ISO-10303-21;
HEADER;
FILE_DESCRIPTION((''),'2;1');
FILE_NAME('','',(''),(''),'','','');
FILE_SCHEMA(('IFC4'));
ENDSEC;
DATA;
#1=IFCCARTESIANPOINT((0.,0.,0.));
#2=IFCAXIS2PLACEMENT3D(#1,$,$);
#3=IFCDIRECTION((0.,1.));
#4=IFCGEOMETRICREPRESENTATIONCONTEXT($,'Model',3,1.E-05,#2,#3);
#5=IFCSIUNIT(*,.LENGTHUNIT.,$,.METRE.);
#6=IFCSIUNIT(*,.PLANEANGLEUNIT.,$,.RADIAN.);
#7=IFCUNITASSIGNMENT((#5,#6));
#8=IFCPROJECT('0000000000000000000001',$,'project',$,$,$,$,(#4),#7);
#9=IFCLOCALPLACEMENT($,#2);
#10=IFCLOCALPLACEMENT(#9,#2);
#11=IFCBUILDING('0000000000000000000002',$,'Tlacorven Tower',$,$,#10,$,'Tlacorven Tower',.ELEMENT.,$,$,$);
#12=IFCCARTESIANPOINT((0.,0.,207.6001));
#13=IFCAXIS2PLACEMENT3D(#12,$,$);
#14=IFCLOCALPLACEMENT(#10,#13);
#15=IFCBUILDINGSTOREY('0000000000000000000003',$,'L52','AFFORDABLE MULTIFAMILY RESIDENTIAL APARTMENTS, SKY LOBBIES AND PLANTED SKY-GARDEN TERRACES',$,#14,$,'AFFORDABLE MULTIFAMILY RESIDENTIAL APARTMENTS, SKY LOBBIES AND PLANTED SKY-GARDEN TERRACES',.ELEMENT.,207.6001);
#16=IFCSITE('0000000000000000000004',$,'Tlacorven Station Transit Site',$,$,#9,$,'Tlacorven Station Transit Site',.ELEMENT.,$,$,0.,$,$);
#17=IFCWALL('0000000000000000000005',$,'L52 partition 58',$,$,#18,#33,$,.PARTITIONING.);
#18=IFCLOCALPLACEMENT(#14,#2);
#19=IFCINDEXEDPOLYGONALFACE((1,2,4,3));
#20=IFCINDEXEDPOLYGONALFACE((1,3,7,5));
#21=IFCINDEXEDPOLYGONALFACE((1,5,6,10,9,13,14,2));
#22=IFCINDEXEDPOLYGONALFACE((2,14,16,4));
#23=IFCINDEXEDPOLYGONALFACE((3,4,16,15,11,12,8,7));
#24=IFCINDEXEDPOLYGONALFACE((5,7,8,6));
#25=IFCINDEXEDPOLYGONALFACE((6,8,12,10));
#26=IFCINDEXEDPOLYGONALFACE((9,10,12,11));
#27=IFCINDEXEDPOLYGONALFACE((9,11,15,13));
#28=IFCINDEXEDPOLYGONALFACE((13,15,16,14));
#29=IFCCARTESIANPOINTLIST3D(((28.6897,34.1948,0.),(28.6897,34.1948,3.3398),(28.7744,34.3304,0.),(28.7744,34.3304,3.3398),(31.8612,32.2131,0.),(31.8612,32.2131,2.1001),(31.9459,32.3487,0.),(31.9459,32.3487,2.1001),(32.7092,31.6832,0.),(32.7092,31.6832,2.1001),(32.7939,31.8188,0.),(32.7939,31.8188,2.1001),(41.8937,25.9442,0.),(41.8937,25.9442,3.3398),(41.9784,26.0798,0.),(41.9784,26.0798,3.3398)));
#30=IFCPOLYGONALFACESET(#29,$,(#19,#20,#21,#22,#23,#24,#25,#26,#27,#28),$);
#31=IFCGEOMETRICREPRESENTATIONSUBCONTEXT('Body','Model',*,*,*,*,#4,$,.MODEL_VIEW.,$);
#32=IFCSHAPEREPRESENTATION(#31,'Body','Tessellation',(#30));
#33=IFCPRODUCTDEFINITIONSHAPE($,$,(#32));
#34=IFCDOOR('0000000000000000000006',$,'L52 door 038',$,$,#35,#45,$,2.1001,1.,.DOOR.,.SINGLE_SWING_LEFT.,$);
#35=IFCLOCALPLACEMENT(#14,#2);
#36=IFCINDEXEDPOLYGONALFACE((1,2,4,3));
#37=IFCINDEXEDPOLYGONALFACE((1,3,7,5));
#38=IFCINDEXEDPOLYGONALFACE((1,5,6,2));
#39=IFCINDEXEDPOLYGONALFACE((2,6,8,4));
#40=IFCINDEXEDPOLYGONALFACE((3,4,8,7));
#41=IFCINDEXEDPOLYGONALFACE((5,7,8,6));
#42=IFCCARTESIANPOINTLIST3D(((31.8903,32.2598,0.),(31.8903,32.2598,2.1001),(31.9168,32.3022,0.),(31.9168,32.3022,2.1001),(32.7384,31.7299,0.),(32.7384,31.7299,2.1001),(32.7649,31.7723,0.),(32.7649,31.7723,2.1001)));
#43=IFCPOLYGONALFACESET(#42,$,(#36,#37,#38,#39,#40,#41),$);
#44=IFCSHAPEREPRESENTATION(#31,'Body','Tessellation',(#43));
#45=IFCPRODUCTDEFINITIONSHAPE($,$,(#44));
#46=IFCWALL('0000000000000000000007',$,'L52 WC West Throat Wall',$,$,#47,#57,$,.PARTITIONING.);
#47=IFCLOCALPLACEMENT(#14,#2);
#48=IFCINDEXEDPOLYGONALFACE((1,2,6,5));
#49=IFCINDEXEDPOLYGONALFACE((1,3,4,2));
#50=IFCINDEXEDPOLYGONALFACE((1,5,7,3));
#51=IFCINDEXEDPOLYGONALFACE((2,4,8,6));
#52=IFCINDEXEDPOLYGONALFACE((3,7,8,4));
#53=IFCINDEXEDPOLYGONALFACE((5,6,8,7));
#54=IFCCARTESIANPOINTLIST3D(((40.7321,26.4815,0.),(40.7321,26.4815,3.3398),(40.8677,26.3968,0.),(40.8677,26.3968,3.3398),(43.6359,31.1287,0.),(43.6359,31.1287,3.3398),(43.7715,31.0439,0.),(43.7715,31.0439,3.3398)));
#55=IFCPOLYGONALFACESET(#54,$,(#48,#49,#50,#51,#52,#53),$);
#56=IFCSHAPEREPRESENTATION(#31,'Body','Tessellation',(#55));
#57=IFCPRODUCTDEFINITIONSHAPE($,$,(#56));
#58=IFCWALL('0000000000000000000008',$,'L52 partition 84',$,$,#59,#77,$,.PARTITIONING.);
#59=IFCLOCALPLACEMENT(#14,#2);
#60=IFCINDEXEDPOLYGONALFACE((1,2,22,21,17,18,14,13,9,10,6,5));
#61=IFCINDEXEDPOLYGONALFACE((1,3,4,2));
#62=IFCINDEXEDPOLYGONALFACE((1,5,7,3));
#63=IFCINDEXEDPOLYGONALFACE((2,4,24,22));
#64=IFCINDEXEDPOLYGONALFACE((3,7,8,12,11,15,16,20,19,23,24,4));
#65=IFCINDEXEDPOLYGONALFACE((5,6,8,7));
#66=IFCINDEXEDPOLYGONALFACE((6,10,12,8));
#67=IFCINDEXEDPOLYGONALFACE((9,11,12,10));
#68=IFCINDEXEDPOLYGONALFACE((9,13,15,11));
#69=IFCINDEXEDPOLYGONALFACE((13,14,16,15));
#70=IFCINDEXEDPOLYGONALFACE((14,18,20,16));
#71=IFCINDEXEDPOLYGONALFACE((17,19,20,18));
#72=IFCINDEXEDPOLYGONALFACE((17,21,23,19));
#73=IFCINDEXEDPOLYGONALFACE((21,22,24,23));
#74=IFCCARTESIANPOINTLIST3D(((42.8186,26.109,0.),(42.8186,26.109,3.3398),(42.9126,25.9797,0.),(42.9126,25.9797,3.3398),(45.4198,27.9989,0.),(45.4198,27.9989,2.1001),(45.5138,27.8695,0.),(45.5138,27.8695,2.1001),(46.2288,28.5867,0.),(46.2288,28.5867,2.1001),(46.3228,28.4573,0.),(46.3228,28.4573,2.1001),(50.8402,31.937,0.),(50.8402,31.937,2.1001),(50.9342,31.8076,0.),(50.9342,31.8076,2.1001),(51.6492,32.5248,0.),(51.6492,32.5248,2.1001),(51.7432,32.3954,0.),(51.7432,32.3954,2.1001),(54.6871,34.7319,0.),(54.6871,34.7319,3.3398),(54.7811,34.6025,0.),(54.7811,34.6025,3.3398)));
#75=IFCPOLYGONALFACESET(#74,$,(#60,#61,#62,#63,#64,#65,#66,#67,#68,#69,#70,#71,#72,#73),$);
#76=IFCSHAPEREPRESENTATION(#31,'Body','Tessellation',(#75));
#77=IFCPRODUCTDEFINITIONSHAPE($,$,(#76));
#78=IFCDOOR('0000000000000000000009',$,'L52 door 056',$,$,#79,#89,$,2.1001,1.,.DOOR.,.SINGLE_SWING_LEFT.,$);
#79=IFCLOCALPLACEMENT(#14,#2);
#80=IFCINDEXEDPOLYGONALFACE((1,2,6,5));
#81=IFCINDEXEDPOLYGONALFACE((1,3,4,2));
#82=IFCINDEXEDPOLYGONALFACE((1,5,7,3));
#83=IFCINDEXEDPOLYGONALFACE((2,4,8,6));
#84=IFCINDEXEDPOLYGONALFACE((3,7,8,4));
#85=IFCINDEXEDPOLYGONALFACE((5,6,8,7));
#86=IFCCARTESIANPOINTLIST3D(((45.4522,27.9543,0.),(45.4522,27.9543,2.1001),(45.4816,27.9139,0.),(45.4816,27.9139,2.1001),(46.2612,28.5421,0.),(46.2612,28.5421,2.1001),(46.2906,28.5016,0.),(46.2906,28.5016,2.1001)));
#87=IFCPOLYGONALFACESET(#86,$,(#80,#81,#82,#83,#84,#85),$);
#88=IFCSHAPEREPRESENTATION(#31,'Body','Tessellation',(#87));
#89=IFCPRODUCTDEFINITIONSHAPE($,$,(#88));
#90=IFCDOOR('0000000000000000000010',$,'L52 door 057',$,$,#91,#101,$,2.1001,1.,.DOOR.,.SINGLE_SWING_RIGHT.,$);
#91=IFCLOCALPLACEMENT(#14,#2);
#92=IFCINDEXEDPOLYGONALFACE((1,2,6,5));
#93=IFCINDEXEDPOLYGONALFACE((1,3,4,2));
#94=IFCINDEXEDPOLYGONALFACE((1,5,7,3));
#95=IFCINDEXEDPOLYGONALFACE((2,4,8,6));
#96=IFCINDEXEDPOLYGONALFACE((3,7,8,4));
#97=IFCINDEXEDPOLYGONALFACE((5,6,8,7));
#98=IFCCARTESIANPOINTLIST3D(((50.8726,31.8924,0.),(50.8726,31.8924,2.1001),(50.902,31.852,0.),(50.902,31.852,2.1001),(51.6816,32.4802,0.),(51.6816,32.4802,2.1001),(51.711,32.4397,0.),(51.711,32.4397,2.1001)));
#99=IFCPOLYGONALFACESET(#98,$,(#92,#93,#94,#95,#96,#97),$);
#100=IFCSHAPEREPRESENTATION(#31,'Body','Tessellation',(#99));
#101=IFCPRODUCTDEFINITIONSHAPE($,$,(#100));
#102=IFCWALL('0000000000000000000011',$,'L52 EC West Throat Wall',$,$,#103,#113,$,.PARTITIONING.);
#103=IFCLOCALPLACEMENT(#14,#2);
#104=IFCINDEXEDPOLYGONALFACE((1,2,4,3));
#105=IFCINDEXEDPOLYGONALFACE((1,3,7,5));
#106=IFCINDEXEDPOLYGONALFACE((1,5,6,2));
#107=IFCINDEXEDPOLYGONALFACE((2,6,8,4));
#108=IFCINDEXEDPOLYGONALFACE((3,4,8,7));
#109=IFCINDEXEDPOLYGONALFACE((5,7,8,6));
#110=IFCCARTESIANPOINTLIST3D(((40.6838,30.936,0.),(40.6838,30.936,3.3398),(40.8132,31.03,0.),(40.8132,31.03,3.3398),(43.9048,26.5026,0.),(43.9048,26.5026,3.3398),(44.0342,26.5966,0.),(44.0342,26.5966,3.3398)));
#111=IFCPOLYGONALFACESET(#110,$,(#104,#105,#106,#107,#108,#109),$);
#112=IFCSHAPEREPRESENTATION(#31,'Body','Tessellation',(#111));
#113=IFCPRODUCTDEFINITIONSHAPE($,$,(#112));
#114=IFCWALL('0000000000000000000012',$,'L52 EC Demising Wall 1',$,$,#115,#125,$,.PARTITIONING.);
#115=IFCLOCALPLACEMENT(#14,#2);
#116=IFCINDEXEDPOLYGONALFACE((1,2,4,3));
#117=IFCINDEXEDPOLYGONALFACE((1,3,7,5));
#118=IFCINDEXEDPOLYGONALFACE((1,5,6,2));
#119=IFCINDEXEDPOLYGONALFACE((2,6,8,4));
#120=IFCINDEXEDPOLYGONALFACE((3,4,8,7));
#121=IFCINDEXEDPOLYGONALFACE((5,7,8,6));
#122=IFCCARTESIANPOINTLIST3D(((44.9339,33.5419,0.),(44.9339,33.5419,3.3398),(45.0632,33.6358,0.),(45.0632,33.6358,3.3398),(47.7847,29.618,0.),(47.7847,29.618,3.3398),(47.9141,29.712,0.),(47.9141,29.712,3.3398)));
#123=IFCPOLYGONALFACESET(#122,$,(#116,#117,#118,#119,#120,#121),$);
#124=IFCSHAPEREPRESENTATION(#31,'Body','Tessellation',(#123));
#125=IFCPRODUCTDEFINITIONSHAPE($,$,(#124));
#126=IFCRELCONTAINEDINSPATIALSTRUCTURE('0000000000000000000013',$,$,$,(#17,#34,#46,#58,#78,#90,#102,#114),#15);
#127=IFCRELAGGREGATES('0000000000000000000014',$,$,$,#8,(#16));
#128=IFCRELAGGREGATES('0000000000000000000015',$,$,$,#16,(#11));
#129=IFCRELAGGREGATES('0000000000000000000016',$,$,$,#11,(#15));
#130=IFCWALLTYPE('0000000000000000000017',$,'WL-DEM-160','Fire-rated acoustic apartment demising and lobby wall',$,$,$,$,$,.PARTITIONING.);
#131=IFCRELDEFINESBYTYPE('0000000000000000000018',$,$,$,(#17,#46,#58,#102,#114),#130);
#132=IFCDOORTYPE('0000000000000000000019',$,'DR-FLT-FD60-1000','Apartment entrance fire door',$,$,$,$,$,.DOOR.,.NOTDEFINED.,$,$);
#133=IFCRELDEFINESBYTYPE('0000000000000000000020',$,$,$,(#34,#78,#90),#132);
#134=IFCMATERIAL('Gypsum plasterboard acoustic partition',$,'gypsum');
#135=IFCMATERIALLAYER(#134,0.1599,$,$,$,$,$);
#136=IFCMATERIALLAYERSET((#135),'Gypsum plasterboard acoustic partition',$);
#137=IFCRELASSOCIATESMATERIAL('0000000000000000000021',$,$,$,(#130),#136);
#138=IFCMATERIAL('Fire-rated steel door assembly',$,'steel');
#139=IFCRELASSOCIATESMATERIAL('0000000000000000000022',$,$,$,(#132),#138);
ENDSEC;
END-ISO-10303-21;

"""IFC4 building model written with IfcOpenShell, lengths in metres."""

from ifc_helpers import new_model, si_unit, direction, frame, frame_2d, origin, place, context, subcontext, project, spatial, rectangle, extrude, source, transform, mapped, material, layer, layer_set, type_object, element, fill, save


model = new_model("IFC4")

# Units and contexts
model_context = context("Model", 3, precision=1e-05, world=origin(), true_north=direction((0.0, 1.0)))
body_context = subcontext(model_context, "Body", "Model", "MODEL_VIEW")
ifc_project = project(units=[si_unit("LENGTHUNIT", "METRE"), si_unit("PLANEANGLEUNIT", "RADIAN")], contexts=[model_context])

# Site, building, storey
site_placement = place(None, origin())
site = spatial("IfcSite", under=ifc_project, at=site_placement, Name="Tlacorven Station Transit Site", LongName="Tlacorven Station Transit Site", CompositionType="ELEMENT", RefElevation=0.0)
building_placement = place(site_placement, origin())
building = spatial("IfcBuilding", under=site, at=building_placement, Name="Tlacorven Tower", LongName="Tlacorven Tower", CompositionType="ELEMENT")
storey_placement = place(building_placement, frame((0.0, 0.0, 207.6001)))
storey = spatial("IfcBuildingStorey", under=building, at=storey_placement, Name="L52", Description="AFFORDABLE MULTIFAMILY RESIDENTIAL APARTMENTS, SKY LOBBIES AND PLANTED SKY-GARDEN TERRACES", LongName="AFFORDABLE MULTIFAMILY RESIDENTIAL APARTMENTS, SKY LOBBIES AND PLANTED SKY-GARDEN TERRACES", CompositionType="ELEMENT", Elevation=207.6001)

# Wall, opening, door
ifc_material_1 = material(Name="Gypsum plasterboard acoustic partition", Category="gypsum")
ifc_layer_1 = layer(ifc_material_1, 0.1599)
ifc_layer_set_1 = layer_set([ifc_layer_1], Name="Gypsum plasterboard acoustic partition")
wall_type_1 = type_object("IfcWallType", Name="WL-DEM-160", Description="Fire-rated acoustic apartment demising and lobby wall", PredefinedType="PARTITIONING", material=ifc_layer_set_1)
wall_1_placement = place(storey_placement, frame((41.936, 26.012, 0.0), z_axis=(0.0, 0.0, 1.0), x_axis=(-0.848051, 0.529914, 0.0)))
wall_1 = element("IfcWall", 1, at=wall_1_placement, inside=storey, type_object=wall_type_1, Name="L52 partition 58", PredefinedType="PARTITIONING", context=body_context, shape_type="SweptSolid", body=[
    extrude(rectangle(XDim=15.5698, YDim=0.1599, at=frame_2d((7.7849, 0.0))), origin(), (0.0, 0.0, 1.0), 3.3398),
])
opening_1_placement = place(wall_1_placement, frame((10.8301, 0.0, 0.0)))
opening_1 = element("IfcOpeningElement", 2, at=opening_1_placement, cuts=wall_1, PredefinedType="OPENING", context=body_context, shape_type="SweptSolid", body=[
    extrude(rectangle(XDim=1.0, YDim=2.1001, at=frame_2d((0.5, 1.05))), frame((0.0, 0.0898, 0.0), z_axis=(0.0, -1.0, 0.0), x_axis=(1.0, 0.0, 0.0)), (0.0, 0.0, 1.0), 0.1799),
])
ifc_material_2 = material(Name="Fire-rated steel door assembly", Category="steel")
door_type_1 = type_object("IfcDoorType", Name="DR-FLT-FD60-1000", Description="Apartment entrance fire door", OperationType="NOTDEFINED", PredefinedType="DOOR", material=ifc_material_2)
shared_shape_1 = source(origin(), body_context, "Body", "SweptSolid", [
    extrude(rectangle(XDim=1.0, YDim=2.1001, at=frame_2d((0.5, 1.05))), frame((0.0, 0.0249, 0.0), z_axis=(0.0, -1.0, 0.0), x_axis=(1.0, 0.0, 0.0)), (0.0, 0.0, 1.0), 0.05),
])
door_1_placement = place(opening_1_placement, origin())
door_1 = element("IfcDoor", 3, at=door_1_placement, inside=storey, type_object=door_type_1, Name="L52 door 038", OperationType="SINGLE_SWING_LEFT", OverallHeight=2.1001, OverallWidth=1.0, PredefinedType="DOOR", context=body_context, shape_type="MappedRepresentation", body=[
    mapped(shared_shape_1, transform((0.0, 0.0, 0.0), scale=1.0)),
])
fill(opening_1, door_1)

# Wall
wall_2_placement = place(storey_placement, frame((43.7036, 31.0862, 0.0), z_axis=(0.0, 0.0, 1.0), x_axis=(-0.529907, -0.848056, 0.0)))
element("IfcWall", 4, at=wall_2_placement, inside=storey, type_object=wall_type_1, Name="L52 WC West Throat Wall", PredefinedType="PARTITIONING", context=body_context, shape_type="SweptSolid", body=[
    extrude(rectangle(XDim=5.4797, YDim=0.1599, at=frame_2d((2.7397, 0.0))), origin(), (0.0, 0.0, 1.0), 3.3398),
])

# Wall, openings, doors
wall_3_placement = place(storey_placement, frame((42.8657, 26.0444, 0.0), z_axis=(0.0, 0.0, 1.0), x_axis=(0.80902, 0.587781, 0.0)))
wall_3 = element("IfcWall", 5, at=wall_3_placement, inside=storey, type_object=wall_type_1, Name="L52 partition 84", PredefinedType="PARTITIONING", context=body_context, shape_type="SweptSolid", body=[
    extrude(rectangle(XDim=14.6702, YDim=0.1599, at=frame_2d((7.335, 0.0))), origin(), (0.0, 0.0, 1.0), 3.3398),
])
opening_2_placement = place(wall_3_placement, frame((3.2151, 0.0, 0.0)))
opening_2 = element("IfcOpeningElement", 6, at=opening_2_placement, cuts=wall_3, PredefinedType="OPENING", context=body_context, shape_type="SweptSolid", body=[
    extrude(rectangle(XDim=1.0, YDim=2.1001, at=frame_2d((0.5, 1.05))), frame((0.0, 0.0898, 0.0), z_axis=(0.0, -1.0, 0.0), x_axis=(1.0, 0.0, 0.0)), (0.0, 0.0, 1.0), 0.1799),
])
opening_3_placement = place(wall_3_placement, frame((9.915, 0.0, 0.0)))
opening_3 = element("IfcOpeningElement", 7, at=opening_3_placement, cuts=wall_3, PredefinedType="OPENING", context=body_context, shape_type="SweptSolid", body=[
    extrude(rectangle(XDim=1.0, YDim=2.1001, at=frame_2d((0.5, 1.05))), frame((0.0, 0.0898, 0.0), z_axis=(0.0, -1.0, 0.0), x_axis=(1.0, 0.0, 0.0)), (0.0, 0.0, 1.0), 0.1799),
])
door_2_placement = place(opening_2_placement, origin())
door_2 = element("IfcDoor", 8, at=door_2_placement, inside=storey, type_object=door_type_1, Name="L52 door 056", OperationType="SINGLE_SWING_LEFT", OverallHeight=2.1001, OverallWidth=1.0, PredefinedType="DOOR", context=body_context, shape_type="MappedRepresentation", body=[
    mapped(shared_shape_1, transform((0.0, 0.0, 0.0), scale=1.0)),
])
fill(opening_2, door_2)
door_3_placement = place(opening_3_placement, origin())
door_3 = element("IfcDoor", 9, at=door_3_placement, inside=storey, type_object=door_type_1, Name="L52 door 057", OperationType="SINGLE_SWING_RIGHT", OverallHeight=2.1001, OverallWidth=1.0, PredefinedType="DOOR", context=body_context, shape_type="MappedRepresentation", body=[
    mapped(shared_shape_1, transform((0.0, 0.0, 0.0), scale=1.0)),
])
fill(opening_3, door_3)

# Walls
wall_4_placement = place(storey_placement, frame((43.9695, 26.5496, 0.0), z_axis=(0.0, 0.0, 1.0), x_axis=(-0.587777, 0.809023, 0.0)))
element("IfcWall", 10, at=wall_4_placement, inside=storey, type_object=wall_type_1, Name="L52 EC West Throat Wall", PredefinedType="PARTITIONING", context=body_context, shape_type="SweptSolid", body=[
    extrude(rectangle(XDim=5.48, YDim=0.1599, at=frame_2d((2.74, 0.0))), origin(), (0.0, 0.0, 1.0), 3.3398),
])
wall_5_placement = place(storey_placement, frame((47.8494, 29.665, 0.0), z_axis=(0.0, 0.0, 1.0), x_axis=(-0.587786, 0.809017, 0.0)))
element("IfcWall", 11, at=wall_5_placement, inside=storey, type_object=wall_type_1, Name="L52 EC Demising Wall 1", PredefinedType="PARTITIONING", context=body_context, shape_type="SweptSolid", body=[
    extrude(rectangle(XDim=4.8501, YDim=0.1599, at=frame_2d((2.425, 0.0))), origin(), (0.0, 0.0, 1.0), 3.3398),
])

save(model, "model.ifc")
